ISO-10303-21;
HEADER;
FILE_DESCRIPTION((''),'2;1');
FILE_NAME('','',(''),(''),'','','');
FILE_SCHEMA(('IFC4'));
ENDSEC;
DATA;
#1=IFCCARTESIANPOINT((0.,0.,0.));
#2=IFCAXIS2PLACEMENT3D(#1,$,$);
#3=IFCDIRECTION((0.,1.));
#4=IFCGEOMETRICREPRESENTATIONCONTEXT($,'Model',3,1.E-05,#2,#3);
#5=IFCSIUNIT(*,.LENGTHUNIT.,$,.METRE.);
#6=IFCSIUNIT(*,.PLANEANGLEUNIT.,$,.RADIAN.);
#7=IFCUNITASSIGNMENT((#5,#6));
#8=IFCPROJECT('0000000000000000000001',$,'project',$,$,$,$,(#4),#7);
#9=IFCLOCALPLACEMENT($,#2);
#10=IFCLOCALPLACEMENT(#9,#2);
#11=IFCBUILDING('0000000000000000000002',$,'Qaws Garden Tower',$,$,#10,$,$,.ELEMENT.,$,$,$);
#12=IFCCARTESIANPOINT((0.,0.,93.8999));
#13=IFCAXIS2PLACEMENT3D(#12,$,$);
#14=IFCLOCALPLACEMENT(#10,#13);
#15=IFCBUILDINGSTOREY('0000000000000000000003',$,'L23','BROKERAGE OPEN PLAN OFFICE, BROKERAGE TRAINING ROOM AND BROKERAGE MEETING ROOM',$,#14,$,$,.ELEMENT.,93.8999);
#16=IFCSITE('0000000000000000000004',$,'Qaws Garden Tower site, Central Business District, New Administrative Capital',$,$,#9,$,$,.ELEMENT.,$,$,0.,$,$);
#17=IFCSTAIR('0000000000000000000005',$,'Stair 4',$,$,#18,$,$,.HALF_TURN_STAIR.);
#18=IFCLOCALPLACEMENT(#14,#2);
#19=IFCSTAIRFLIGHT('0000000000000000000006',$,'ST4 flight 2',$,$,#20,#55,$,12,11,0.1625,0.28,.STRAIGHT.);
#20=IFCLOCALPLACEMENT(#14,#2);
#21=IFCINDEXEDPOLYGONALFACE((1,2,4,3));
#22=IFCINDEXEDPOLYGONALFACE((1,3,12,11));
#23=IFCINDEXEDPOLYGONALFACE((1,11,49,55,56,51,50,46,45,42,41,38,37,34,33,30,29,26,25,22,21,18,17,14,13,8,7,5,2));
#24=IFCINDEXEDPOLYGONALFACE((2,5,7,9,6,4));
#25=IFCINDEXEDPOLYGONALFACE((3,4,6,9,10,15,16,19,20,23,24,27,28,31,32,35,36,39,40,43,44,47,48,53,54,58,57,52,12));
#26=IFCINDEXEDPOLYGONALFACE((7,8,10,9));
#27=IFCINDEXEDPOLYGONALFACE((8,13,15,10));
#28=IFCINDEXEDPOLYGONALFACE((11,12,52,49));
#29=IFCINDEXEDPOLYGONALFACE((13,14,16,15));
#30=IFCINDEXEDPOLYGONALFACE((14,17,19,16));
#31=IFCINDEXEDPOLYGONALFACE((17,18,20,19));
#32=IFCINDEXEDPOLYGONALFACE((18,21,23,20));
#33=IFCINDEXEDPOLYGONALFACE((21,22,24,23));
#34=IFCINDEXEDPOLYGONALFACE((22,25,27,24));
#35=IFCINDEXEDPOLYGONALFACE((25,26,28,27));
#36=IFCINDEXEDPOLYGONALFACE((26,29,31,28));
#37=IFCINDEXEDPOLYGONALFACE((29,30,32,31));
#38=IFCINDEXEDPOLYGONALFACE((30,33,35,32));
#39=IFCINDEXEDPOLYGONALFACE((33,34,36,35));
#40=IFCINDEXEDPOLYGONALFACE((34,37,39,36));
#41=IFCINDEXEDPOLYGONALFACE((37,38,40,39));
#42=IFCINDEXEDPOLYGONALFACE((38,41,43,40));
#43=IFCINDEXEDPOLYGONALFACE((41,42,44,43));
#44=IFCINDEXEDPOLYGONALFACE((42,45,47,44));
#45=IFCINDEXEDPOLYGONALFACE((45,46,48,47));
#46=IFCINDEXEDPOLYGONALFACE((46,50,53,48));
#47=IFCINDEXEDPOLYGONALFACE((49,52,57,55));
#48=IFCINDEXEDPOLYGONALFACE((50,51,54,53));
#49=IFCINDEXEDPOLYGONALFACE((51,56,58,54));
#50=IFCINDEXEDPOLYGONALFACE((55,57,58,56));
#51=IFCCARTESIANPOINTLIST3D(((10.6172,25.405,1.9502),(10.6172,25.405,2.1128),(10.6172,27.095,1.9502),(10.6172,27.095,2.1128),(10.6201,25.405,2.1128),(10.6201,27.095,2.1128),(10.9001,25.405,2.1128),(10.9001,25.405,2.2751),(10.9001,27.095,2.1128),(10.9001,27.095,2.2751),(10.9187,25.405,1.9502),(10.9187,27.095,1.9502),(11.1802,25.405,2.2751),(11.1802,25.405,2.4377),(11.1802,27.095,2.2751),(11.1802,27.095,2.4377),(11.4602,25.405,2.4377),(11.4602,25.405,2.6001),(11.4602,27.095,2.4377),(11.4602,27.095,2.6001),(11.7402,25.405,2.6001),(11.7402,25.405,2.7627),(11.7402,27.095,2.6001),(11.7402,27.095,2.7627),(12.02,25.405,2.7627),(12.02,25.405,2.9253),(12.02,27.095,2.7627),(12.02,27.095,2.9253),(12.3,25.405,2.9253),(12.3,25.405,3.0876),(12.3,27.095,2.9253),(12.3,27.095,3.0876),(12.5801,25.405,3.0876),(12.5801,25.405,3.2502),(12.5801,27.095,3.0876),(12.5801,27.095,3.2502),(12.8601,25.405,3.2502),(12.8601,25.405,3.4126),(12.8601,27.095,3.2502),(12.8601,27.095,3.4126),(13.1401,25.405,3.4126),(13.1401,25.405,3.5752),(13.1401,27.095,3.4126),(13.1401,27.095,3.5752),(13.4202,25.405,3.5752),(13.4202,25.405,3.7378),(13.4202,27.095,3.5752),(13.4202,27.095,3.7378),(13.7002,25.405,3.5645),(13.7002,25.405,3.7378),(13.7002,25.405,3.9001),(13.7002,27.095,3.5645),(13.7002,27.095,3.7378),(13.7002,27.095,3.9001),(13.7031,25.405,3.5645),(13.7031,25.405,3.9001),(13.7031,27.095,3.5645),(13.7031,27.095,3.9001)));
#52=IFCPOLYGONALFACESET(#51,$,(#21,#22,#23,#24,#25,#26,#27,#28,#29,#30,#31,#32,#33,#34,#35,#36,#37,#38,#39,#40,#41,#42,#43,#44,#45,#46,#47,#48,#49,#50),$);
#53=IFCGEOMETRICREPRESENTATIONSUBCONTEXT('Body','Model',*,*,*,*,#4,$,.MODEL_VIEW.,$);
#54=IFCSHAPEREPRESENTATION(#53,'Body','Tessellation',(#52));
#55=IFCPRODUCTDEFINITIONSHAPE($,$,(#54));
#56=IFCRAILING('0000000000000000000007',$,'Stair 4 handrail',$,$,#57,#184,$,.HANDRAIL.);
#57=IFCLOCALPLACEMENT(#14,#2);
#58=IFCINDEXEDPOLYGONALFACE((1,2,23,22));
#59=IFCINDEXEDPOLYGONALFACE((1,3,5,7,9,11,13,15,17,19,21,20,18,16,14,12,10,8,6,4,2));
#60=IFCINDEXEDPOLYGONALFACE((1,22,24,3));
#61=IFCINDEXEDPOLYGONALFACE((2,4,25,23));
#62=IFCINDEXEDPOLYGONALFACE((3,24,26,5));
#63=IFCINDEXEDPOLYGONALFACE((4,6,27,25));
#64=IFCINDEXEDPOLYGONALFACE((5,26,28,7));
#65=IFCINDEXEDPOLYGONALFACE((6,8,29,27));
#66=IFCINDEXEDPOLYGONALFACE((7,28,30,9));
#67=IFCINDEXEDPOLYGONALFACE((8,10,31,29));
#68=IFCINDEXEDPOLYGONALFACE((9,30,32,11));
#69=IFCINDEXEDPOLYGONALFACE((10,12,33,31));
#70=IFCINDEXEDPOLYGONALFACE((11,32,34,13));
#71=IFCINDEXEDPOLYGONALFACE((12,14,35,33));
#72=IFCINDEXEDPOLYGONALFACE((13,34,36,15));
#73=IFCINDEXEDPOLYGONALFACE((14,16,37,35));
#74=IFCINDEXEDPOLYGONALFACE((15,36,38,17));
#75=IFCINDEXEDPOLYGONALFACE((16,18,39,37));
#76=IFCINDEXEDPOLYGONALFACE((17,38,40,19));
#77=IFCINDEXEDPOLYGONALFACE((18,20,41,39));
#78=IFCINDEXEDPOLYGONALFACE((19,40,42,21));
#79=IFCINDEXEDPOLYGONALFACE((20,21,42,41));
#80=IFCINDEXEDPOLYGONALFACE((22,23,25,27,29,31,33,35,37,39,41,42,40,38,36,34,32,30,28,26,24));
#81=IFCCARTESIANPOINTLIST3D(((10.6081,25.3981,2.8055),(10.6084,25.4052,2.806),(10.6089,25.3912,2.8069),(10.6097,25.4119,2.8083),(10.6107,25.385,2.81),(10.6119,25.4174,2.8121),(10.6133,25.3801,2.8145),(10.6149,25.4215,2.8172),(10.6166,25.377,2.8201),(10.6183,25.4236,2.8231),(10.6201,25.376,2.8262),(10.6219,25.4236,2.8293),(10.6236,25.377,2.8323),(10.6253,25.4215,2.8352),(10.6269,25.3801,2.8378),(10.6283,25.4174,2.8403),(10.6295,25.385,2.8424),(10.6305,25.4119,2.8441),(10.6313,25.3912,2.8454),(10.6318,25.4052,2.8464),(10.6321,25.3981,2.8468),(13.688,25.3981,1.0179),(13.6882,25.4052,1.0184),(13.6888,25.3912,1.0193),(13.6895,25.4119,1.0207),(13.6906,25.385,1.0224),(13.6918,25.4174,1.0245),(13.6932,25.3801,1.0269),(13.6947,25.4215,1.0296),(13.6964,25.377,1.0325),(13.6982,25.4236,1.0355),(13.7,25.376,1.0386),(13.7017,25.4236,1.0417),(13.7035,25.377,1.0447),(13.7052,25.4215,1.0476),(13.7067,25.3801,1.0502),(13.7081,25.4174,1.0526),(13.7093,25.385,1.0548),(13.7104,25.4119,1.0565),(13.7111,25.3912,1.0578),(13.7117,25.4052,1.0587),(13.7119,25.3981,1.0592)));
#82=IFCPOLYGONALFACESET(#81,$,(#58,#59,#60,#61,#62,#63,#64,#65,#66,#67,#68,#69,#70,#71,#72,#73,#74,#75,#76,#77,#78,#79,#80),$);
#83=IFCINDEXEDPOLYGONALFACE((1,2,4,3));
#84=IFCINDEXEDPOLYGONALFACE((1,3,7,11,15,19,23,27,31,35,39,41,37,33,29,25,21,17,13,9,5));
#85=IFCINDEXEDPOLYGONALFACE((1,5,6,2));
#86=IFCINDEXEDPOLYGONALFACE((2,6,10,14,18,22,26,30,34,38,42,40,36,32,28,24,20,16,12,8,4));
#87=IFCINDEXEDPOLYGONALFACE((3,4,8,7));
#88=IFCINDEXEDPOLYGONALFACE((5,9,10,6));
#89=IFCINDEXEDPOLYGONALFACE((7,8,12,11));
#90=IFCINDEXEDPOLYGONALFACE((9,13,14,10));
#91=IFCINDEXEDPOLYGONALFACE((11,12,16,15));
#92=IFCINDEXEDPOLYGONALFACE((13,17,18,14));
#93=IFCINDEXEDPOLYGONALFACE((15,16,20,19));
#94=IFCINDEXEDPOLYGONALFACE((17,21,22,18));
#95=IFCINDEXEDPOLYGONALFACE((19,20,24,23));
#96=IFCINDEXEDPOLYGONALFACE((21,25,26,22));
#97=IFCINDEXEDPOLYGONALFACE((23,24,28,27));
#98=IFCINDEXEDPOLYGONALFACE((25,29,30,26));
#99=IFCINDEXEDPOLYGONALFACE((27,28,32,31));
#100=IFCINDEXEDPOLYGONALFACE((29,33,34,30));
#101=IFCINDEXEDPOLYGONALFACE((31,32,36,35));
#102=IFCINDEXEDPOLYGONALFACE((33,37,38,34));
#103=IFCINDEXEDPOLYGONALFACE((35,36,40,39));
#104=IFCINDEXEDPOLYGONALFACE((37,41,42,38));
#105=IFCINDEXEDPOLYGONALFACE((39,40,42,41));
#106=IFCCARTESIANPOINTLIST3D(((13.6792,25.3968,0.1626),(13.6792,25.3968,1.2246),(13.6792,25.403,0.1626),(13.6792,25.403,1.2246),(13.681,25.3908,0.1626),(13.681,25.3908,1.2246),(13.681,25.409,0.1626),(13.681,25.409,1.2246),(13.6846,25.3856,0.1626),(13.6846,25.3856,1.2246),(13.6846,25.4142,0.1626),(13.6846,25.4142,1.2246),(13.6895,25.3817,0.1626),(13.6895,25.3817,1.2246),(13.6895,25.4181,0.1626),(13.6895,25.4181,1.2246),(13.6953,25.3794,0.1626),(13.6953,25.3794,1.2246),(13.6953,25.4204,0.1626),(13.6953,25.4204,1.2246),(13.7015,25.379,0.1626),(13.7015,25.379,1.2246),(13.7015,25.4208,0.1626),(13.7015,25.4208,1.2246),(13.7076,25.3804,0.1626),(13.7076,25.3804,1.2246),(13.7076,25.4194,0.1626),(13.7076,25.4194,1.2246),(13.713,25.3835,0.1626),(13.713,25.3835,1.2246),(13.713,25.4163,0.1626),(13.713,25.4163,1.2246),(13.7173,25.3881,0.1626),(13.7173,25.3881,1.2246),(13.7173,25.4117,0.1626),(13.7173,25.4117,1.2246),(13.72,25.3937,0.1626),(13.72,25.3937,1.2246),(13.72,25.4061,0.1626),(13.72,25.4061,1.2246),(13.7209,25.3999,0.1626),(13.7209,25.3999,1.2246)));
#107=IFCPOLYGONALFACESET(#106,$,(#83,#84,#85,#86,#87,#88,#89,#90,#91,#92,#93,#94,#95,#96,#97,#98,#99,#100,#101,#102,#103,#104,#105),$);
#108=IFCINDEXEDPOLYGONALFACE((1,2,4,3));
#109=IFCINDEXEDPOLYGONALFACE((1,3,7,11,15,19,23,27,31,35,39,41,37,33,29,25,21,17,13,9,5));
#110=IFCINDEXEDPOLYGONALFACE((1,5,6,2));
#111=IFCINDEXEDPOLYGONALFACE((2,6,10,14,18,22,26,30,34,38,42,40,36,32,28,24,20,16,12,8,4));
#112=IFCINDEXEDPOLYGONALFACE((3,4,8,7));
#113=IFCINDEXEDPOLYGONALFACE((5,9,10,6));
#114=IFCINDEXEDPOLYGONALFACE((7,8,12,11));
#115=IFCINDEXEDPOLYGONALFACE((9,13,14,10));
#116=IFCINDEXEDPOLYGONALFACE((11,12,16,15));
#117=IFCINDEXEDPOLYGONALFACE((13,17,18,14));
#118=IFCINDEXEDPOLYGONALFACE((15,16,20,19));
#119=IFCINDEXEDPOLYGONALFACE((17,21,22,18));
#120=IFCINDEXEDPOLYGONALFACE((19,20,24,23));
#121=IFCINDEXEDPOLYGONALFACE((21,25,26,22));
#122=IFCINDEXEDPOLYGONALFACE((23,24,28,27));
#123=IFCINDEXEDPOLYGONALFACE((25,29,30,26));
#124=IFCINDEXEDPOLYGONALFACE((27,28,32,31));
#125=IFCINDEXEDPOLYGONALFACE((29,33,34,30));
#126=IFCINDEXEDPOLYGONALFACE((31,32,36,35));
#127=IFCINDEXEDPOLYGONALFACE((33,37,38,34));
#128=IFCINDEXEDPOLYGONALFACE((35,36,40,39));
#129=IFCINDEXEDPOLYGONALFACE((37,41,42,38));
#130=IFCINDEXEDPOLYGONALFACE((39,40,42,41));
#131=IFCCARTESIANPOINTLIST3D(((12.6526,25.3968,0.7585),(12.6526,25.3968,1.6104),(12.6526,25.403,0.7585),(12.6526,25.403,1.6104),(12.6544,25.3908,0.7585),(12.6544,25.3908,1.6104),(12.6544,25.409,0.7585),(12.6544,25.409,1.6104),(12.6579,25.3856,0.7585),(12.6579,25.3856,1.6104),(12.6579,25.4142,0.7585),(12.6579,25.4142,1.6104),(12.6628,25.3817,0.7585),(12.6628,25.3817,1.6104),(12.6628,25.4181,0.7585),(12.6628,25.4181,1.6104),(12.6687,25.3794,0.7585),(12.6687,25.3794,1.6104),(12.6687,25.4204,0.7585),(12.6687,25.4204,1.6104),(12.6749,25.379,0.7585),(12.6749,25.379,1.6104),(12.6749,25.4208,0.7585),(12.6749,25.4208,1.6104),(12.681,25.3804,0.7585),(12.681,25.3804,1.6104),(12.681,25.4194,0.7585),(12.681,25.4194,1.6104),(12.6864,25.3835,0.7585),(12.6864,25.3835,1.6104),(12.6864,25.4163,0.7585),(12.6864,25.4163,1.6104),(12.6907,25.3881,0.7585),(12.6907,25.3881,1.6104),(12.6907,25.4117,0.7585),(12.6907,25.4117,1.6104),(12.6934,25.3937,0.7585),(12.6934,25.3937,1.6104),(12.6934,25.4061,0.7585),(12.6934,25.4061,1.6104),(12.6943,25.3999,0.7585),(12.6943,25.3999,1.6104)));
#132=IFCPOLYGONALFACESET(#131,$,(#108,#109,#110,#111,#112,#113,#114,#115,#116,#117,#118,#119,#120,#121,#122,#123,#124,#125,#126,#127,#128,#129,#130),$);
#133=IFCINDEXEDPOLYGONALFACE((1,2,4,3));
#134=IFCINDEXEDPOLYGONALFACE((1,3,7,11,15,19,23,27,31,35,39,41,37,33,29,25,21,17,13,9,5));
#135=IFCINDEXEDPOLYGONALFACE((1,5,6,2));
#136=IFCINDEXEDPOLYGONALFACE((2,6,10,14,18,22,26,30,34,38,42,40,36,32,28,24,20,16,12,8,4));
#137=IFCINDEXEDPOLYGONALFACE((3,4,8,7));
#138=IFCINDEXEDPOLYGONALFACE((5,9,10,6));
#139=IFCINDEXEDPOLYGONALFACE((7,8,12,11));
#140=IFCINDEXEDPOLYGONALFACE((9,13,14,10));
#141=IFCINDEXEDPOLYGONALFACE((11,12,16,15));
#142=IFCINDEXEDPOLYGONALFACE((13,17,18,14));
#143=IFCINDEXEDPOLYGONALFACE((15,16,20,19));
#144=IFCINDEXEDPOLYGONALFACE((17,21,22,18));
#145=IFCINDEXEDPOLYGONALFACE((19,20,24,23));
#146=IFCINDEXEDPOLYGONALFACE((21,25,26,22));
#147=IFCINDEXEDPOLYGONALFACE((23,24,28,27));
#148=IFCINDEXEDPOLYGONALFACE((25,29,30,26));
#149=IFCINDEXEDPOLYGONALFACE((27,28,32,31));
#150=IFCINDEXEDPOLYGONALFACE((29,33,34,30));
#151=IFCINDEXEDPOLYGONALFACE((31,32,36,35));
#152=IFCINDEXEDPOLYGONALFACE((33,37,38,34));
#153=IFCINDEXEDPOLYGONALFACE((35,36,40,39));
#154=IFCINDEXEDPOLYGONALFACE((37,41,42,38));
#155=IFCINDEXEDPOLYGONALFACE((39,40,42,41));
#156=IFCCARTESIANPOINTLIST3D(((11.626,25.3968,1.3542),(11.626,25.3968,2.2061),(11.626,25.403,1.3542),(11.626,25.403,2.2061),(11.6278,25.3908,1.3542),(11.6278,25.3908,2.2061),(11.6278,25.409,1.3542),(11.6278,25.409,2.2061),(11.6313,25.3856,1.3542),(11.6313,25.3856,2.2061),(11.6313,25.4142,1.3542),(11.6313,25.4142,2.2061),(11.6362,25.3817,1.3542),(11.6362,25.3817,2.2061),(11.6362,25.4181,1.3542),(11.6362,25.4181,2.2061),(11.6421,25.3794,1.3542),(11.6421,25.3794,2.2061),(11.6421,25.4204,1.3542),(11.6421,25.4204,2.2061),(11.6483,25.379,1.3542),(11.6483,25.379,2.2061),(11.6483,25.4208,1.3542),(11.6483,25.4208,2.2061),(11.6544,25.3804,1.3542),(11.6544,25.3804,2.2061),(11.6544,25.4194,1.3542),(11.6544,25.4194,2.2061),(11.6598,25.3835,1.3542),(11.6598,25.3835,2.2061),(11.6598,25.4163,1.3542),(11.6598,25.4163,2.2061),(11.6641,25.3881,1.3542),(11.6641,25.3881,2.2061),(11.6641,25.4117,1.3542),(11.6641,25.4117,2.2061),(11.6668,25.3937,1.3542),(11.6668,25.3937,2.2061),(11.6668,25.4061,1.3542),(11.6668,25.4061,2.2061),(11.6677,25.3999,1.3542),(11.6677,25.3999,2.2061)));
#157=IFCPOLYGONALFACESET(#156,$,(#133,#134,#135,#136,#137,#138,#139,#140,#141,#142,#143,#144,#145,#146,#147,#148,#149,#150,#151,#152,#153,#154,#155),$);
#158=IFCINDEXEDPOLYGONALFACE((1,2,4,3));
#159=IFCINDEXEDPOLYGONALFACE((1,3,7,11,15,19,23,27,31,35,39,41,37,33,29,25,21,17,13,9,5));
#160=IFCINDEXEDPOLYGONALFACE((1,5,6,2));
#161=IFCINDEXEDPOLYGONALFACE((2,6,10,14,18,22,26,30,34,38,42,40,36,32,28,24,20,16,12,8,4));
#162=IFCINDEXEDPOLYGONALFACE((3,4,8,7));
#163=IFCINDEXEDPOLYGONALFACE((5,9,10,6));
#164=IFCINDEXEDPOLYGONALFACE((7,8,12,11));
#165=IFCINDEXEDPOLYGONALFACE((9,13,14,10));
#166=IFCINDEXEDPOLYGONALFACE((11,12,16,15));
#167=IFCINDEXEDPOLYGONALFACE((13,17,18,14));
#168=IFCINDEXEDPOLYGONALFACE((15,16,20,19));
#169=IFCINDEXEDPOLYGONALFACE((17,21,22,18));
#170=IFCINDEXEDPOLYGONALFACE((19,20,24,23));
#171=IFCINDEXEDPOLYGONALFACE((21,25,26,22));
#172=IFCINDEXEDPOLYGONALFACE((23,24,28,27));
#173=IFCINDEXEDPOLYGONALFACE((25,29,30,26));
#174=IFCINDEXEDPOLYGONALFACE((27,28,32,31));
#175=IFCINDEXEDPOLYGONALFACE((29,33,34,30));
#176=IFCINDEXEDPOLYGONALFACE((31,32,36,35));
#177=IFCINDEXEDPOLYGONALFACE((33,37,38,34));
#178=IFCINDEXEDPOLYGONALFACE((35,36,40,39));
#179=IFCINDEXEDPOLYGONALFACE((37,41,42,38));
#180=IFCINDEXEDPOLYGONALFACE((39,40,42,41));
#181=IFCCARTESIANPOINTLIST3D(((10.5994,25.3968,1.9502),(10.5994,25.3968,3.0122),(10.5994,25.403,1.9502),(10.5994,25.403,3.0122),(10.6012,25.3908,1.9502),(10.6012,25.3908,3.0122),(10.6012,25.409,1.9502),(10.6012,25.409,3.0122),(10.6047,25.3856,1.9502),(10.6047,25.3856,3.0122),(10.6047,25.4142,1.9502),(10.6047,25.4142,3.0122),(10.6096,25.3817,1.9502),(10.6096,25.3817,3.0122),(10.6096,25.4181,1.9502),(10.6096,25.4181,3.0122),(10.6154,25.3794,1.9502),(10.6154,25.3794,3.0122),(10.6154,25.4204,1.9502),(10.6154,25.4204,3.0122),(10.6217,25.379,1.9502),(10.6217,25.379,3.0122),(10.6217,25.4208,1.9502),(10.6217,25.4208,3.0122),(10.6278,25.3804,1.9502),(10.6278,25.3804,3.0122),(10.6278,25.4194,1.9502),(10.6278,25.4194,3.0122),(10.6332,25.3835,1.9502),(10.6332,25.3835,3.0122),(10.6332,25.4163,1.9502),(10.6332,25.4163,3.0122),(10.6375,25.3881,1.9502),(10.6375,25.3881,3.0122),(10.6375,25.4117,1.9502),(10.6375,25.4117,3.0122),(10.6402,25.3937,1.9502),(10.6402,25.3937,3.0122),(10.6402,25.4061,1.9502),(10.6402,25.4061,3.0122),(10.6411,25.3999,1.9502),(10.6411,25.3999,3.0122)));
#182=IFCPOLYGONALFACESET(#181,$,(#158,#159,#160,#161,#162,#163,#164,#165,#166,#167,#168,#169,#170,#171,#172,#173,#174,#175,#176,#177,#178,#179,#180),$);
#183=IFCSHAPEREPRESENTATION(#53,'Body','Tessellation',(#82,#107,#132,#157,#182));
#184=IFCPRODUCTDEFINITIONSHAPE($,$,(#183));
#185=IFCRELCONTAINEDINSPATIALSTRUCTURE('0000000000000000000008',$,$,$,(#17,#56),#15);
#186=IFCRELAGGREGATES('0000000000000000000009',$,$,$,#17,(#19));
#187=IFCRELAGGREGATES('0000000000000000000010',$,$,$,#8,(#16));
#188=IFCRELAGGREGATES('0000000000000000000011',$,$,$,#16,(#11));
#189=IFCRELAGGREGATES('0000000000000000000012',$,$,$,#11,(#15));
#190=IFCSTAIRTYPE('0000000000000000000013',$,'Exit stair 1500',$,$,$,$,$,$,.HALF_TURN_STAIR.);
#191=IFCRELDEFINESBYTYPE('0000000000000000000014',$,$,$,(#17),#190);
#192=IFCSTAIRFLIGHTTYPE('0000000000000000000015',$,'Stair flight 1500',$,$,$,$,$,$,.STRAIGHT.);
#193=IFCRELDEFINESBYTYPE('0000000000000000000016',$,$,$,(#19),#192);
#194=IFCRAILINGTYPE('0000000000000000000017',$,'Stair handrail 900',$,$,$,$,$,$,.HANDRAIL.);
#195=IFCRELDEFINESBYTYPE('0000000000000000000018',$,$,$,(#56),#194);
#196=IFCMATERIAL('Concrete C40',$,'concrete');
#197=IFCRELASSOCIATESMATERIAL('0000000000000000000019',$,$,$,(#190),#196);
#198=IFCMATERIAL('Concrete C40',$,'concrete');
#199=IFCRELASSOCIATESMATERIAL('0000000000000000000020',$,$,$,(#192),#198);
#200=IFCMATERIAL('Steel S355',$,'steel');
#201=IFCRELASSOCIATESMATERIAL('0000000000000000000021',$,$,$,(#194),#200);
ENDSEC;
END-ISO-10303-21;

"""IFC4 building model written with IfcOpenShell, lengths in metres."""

from ifc_helpers import new_model, si_unit, direction, frame, origin, origin_2d, place, context, subcontext, project, spatial, polyline, circle, outline, extrude, material, type_object, element, aggregate, save


model = new_model("IFC4")

# Units and contexts
model_context = context("Model", 3, precision=1e-05, world=origin(), true_north=direction((0.0, 1.0)))
body_context = subcontext(model_context, "Body", "Model", "MODEL_VIEW")
ifc_project = project(units=[si_unit("LENGTHUNIT", "METRE"), si_unit("PLANEANGLEUNIT", "RADIAN")], contexts=[model_context])

# Site, building, storey
site_placement = place(None, origin())
site = spatial("IfcSite", under=ifc_project, at=site_placement, Name="Qaws Garden Tower site, Central Business District, New Administrative Capital", CompositionType="ELEMENT", RefElevation=0.0)
building_placement = place(site_placement, origin())
building = spatial("IfcBuilding", under=site, at=building_placement, Name="Qaws Garden Tower", CompositionType="ELEMENT")
storey_placement = place(building_placement, frame((0.0, 0.0, 93.8999)))
storey = spatial("IfcBuildingStorey", under=building, at=storey_placement, Name="L23", Description="BROKERAGE OPEN PLAN OFFICE, BROKERAGE TRAINING ROOM AND BROKERAGE MEETING ROOM", CompositionType="ELEMENT", Elevation=93.8999)

# Stair, stair flight
ifc_material_1 = material(Name="Concrete C40", Category="concrete")
stair_type = type_object("IfcStairType", Name="Exit stair 1500", PredefinedType="HALF_TURN_STAIR", material=ifc_material_1)
stair_placement = place(storey_placement, origin())
stair = element("IfcStair", 1, at=stair_placement, inside=storey, type_object=stair_type, Name="Stair 4", PredefinedType="HALF_TURN_STAIR")
ifc_material_2 = material(Name="Concrete C40", Category="concrete")
stair_flight_type = type_object("IfcStairFlightType", Name="Stair flight 1500", PredefinedType="STRAIGHT", material=ifc_material_2)
stair_flight_1_placement = place(storey_placement, frame((10.6201, 26.25, 1.9502), z_axis=(0.0, 0.0, 1.0), x_axis=(1.0, 0.0, 0.0)))
stair_flight_1 = element("IfcStairFlight", 2, at=stair_flight_1_placement, type_object=stair_flight_type, Name="ST4 flight 2", NumberOfRisers=12, NumberOfTreads=11, PredefinedType="STRAIGHT", RiserHeight=0.1625, TreadLength=0.28, context=body_context, shape_type="SweptSolid", body=[
    extrude(outline(polyline([(-0.0029, 0.0), (-0.0029, 0.1626), (0.0, 0.1626), (0.28, 0.1626), (0.28, 0.325), (0.5601, 0.325), (0.5601, 0.4875), (0.8401, 0.4875), (0.8401, 0.6499), (1.1201, 0.6499), (1.1201, 0.8125), (1.3999, 0.8125), (1.3999, 0.9751), (1.6799, 0.9751), (1.6799, 1.1375), (1.96, 1.1375), (1.96, 1.3), (2.24, 1.3), (2.24, 1.4624), (2.52, 1.4624), (2.52, 1.625), (2.8, 1.625), (2.8, 1.7876), (3.0801, 1.7876), (3.0801, 1.95), (3.083, 1.95), (3.083, 1.6143), (3.0801, 1.6143), (0.2986, 0.0), (-0.0029, 0.0)])), frame((0.0, 0.845, 0.0), z_axis=(0.0, -1.0, 0.0), x_axis=(1.0, 0.0, 0.0)), (0.0, 0.0, 1.0), 1.6899),
])
aggregate(stair, [stair_flight_1])

# Railing
ifc_material_3 = material(Name="Steel S355", Category="steel")
railing_type = type_object("IfcRailingType", Name="Stair handrail 900", PredefinedType="HANDRAIL", material=ifc_material_3)
railing_1_placement = place(storey_placement, frame((13.7, 25.3999, 0.1626)))
element("IfcRailing", 3, at=railing_1_placement, inside=storey, type_object=railing_type, Name="Stair 4 handrail", PredefinedType="HANDRAIL", context=body_context, shape_type="SweptSolid", body=[
    extrude(circle(Radius=0.0239, at=origin_2d()), frame((0.0, 0.0, 0.876), z_axis=(-0.864873, 0.0, 0.50199), x_axis=(0.0, -1.0, 0.0)), (0.0, 0.0, 1.0), 3.561),
    extrude(circle(Radius=0.021, at=origin_2d()), origin(), (0.0, 0.0, 1.0), 1.062),
    extrude(circle(Radius=0.021, at=origin_2d()), frame((-1.0266, 0.0, 0.5959)), (0.0, 0.0, 1.0), 0.8518),
    extrude(circle(Radius=0.021, at=origin_2d()), frame((-2.0532, 0.0, 1.1917)), (0.0, 0.0, 1.0), 0.8518),
    extrude(circle(Radius=0.021, at=origin_2d()), frame((-3.0798, 0.0, 1.7876)), (0.0, 0.0, 1.0), 1.062),
])

save(model, "model.ifc")
